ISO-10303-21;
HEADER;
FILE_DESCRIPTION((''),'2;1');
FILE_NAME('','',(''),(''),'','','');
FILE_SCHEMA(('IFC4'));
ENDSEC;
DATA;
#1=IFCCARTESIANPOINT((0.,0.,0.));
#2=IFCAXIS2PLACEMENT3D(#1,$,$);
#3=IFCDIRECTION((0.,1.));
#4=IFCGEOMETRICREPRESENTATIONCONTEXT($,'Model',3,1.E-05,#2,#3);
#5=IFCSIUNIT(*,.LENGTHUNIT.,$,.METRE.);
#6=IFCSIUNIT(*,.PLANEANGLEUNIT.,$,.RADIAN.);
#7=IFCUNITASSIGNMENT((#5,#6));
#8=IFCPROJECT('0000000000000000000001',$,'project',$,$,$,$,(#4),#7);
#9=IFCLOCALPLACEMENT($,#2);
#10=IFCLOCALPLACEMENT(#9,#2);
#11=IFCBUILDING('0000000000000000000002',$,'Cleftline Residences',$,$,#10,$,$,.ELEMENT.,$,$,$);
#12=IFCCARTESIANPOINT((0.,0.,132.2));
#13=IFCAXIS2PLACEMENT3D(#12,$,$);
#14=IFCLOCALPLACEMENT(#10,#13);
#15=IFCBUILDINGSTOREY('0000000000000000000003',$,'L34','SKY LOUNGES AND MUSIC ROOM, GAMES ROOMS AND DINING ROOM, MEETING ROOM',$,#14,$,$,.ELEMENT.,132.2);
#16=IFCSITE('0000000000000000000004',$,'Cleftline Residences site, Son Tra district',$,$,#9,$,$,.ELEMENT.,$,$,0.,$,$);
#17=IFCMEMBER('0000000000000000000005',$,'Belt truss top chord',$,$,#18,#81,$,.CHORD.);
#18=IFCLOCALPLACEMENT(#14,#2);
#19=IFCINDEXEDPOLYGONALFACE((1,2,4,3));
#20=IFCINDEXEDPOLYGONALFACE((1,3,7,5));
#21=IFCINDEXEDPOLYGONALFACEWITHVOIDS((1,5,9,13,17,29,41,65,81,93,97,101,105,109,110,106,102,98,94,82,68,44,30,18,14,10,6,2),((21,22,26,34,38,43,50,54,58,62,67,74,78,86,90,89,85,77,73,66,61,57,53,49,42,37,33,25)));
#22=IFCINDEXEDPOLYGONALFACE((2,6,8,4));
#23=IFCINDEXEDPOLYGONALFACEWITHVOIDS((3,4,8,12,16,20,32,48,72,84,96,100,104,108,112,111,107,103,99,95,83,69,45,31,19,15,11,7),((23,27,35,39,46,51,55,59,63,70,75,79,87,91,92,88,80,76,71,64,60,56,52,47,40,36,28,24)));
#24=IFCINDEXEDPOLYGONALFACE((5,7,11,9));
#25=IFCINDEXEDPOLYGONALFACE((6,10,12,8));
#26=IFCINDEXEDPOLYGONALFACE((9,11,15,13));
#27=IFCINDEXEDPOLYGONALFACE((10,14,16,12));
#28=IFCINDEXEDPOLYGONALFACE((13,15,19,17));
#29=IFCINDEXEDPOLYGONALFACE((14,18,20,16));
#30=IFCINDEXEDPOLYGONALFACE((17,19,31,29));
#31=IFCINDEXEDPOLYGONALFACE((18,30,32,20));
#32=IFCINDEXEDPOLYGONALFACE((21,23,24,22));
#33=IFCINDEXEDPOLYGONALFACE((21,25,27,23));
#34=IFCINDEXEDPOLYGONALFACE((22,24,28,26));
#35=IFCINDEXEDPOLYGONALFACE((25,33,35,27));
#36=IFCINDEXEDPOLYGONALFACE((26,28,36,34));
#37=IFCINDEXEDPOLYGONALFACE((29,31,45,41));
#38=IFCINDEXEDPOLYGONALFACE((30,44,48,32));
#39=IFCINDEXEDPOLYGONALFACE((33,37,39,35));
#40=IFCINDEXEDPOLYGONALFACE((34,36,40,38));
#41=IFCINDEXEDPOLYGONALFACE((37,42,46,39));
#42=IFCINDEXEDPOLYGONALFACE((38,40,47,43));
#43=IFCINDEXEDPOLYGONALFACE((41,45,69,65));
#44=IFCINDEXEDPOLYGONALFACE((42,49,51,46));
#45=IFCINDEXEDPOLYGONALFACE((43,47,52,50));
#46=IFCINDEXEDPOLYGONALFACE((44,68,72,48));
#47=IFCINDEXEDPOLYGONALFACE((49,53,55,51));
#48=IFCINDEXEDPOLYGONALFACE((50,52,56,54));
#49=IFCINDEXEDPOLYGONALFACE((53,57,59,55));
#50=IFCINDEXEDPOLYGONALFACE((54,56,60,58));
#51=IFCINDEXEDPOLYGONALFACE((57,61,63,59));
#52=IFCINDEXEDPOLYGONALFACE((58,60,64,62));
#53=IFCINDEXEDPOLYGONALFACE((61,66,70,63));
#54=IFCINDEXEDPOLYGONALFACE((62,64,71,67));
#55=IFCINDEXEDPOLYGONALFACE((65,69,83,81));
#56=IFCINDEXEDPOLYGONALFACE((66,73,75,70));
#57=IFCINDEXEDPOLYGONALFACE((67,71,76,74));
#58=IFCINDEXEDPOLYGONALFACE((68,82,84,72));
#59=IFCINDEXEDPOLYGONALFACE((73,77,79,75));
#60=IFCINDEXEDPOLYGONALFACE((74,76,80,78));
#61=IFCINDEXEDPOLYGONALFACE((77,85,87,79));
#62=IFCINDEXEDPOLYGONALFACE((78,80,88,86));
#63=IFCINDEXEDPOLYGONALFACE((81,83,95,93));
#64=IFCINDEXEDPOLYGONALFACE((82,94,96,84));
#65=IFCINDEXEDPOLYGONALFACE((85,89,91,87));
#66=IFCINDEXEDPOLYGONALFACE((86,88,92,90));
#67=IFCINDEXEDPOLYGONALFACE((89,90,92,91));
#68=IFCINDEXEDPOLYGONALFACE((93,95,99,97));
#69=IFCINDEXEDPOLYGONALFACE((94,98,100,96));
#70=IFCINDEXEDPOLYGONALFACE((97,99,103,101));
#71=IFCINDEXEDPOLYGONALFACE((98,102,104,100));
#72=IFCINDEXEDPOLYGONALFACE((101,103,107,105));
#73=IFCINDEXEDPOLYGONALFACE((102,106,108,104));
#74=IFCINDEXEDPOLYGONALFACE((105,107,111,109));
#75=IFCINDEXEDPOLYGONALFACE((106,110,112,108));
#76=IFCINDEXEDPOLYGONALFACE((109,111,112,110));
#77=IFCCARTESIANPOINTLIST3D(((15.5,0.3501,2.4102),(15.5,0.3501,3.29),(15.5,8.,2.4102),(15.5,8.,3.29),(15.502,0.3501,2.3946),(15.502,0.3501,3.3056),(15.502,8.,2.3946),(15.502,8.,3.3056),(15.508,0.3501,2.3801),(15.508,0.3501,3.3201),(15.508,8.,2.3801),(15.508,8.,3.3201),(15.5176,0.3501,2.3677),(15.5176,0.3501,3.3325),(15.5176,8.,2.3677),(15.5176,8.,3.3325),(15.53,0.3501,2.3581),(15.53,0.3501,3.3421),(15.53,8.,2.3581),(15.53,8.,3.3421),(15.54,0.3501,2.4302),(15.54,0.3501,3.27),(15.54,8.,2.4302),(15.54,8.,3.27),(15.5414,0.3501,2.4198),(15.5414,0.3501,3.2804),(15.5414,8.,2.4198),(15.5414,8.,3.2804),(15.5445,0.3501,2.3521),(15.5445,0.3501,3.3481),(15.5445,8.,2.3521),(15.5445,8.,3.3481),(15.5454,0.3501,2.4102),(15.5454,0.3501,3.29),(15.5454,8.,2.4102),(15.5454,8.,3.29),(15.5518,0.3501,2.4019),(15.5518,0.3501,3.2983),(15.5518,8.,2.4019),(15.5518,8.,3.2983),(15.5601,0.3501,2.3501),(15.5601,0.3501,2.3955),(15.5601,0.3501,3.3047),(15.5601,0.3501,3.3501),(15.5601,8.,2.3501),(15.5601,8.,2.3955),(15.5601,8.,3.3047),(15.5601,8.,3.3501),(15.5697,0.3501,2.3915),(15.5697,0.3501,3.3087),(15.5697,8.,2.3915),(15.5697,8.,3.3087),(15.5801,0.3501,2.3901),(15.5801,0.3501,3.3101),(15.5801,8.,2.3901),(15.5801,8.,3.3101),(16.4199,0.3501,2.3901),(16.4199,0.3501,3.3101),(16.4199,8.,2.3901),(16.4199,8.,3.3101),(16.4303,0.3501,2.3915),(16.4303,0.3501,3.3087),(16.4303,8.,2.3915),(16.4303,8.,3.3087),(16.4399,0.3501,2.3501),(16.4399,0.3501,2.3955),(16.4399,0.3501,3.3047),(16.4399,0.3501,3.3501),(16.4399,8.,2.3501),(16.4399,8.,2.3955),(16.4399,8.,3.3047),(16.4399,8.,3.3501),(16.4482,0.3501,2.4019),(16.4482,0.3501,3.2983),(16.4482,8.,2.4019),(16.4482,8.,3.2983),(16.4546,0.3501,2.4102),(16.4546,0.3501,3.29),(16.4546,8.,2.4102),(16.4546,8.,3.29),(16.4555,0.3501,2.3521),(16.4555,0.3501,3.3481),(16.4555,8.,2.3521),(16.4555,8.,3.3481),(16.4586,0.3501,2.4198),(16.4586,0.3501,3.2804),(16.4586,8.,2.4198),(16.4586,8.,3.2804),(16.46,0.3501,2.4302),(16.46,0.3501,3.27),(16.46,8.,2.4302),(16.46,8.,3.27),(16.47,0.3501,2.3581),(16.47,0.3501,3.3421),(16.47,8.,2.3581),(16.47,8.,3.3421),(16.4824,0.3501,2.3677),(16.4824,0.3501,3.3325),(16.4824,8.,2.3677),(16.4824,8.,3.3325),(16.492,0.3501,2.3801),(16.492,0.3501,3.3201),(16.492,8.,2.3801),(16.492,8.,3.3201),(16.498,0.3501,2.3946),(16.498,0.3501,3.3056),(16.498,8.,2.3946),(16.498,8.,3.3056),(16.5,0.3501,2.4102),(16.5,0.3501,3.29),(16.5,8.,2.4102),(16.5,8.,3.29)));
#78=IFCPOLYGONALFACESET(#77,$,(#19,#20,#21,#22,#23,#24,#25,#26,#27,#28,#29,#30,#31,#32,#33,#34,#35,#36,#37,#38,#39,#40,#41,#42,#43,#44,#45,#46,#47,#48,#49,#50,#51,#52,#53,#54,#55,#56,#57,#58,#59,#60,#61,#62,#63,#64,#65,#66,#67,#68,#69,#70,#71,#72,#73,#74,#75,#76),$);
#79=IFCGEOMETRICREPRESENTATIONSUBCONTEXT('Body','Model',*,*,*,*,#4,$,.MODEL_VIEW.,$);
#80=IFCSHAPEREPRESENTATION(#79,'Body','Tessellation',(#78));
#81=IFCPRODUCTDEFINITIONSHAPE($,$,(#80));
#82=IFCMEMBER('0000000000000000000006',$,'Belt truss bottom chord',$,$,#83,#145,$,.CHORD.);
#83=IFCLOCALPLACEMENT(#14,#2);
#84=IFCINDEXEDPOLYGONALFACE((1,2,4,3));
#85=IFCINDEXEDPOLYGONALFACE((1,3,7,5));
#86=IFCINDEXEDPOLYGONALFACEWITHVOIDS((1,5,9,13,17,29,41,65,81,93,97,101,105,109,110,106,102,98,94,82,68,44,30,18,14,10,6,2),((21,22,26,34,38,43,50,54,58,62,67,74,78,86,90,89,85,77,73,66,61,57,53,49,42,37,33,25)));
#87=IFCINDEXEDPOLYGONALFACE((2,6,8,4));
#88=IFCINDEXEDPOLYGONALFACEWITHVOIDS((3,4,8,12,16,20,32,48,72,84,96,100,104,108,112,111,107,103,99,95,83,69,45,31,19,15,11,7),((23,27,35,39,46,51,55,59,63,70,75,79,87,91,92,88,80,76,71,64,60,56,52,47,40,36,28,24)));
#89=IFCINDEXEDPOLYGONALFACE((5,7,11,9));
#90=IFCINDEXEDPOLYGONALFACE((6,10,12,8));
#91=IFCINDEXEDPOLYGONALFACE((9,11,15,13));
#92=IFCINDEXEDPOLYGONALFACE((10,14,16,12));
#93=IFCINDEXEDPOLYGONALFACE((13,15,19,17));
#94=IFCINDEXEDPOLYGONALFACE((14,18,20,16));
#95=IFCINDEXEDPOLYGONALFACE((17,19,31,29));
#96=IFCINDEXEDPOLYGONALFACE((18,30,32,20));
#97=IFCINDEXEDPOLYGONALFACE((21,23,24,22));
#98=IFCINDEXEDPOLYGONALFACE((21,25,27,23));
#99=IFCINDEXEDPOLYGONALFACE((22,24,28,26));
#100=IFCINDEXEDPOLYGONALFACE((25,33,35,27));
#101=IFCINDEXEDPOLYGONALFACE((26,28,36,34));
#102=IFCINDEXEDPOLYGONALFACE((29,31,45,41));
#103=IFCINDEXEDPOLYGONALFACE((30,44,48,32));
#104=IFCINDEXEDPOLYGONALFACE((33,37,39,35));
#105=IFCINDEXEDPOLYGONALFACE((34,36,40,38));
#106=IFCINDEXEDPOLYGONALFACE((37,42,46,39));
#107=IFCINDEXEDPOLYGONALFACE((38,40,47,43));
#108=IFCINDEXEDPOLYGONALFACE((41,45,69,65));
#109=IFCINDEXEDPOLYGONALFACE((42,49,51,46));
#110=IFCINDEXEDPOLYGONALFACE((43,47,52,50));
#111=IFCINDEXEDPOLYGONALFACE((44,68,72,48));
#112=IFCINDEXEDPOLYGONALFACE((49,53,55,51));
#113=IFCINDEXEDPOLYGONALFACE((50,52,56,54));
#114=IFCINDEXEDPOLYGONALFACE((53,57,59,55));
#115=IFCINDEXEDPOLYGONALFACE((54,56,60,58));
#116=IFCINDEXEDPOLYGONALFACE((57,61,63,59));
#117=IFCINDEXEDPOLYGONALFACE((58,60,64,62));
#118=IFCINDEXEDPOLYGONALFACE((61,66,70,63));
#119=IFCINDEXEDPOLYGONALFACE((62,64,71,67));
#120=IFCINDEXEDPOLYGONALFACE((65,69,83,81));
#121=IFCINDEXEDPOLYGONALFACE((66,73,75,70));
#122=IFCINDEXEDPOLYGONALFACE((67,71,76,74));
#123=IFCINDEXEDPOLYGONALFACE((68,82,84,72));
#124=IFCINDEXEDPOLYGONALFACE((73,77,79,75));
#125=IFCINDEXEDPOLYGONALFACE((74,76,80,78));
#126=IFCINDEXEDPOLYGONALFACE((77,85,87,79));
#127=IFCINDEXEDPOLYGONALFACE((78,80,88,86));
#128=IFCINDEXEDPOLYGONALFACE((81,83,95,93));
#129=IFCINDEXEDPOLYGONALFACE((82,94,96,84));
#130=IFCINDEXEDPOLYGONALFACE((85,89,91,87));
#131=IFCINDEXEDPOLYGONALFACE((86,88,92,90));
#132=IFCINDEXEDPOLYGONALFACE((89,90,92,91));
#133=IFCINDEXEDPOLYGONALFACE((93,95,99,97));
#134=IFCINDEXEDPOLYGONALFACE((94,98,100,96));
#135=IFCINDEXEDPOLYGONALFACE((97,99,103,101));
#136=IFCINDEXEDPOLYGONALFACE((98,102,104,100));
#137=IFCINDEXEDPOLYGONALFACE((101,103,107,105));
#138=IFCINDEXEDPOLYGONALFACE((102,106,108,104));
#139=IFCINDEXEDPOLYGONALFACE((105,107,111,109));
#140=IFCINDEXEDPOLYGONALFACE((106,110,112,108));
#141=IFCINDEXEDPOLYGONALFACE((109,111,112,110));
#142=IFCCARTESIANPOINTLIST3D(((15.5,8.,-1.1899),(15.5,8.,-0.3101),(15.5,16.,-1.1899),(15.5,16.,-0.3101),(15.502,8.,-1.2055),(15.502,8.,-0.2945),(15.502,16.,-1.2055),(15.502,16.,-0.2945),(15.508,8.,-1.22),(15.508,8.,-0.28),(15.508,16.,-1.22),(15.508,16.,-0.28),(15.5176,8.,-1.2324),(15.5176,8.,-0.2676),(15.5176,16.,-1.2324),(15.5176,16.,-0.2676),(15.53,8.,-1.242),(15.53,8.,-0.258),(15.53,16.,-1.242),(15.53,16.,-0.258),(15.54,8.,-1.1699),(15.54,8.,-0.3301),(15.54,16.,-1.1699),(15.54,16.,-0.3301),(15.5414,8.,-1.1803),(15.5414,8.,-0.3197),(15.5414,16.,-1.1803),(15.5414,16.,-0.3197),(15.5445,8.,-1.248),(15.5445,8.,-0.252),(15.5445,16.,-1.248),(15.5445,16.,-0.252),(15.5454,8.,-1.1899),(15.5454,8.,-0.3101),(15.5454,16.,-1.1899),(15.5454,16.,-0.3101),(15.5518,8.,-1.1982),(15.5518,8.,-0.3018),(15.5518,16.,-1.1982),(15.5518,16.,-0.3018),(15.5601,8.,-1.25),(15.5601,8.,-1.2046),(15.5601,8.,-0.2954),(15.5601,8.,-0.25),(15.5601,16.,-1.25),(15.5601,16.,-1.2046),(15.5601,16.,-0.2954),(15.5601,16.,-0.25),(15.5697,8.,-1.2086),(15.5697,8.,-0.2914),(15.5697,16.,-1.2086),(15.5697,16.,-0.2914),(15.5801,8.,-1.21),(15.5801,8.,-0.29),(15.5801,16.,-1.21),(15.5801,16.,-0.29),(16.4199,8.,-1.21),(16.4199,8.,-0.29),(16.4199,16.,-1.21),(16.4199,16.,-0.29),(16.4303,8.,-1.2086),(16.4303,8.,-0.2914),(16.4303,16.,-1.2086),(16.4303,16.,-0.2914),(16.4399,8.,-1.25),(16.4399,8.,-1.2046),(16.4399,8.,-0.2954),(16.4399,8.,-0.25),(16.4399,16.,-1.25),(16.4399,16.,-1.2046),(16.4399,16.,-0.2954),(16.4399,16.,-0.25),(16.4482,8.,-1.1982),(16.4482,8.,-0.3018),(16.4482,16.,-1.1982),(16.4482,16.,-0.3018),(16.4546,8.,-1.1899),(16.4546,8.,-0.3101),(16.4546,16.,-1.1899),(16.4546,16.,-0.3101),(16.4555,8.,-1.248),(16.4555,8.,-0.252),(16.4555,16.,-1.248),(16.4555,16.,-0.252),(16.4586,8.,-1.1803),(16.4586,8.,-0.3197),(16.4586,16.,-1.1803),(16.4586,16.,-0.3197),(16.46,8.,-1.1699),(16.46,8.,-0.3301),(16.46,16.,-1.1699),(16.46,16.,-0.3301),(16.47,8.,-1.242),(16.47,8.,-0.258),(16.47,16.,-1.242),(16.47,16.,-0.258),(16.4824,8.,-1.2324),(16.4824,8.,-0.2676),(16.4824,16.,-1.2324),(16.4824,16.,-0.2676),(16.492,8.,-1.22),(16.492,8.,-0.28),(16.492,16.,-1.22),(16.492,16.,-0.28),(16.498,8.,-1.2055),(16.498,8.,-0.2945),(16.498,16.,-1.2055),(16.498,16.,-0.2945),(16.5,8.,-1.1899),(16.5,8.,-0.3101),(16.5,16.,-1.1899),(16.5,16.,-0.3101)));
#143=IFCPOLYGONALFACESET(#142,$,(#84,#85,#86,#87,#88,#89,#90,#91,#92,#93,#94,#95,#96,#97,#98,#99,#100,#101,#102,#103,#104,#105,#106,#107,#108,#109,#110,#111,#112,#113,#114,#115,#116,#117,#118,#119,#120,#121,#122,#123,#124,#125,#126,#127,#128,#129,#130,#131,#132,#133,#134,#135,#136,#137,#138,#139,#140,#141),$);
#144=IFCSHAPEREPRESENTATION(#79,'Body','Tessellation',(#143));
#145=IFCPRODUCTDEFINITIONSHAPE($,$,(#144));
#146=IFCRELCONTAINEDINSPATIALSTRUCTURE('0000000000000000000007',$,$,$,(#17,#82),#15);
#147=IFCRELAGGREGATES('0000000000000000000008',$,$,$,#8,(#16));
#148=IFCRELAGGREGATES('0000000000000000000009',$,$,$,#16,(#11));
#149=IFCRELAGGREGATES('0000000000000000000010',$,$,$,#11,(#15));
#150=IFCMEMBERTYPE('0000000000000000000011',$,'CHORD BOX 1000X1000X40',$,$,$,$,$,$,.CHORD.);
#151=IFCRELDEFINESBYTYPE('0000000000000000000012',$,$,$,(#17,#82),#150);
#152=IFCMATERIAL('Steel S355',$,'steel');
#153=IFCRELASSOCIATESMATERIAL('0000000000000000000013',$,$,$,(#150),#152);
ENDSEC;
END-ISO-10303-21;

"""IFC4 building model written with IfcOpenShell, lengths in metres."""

from ifc_helpers import new_model, si_unit, direction, frame, origin, origin_2d, place, context, subcontext, project, spatial, hollow_rectangle, extrude, material, material_profile, profile_set, type_object, element, save


model = new_model("IFC4")

# Units and contexts
model_context = context("Model", 3, precision=1e-05, world=origin(), true_north=direction((0.0, 1.0)))
body_context = subcontext(model_context, "Body", "Model", "MODEL_VIEW")
ifc_project = project(units=[si_unit("LENGTHUNIT", "METRE"), si_unit("PLANEANGLEUNIT", "RADIAN")], contexts=[model_context])

# Site, building, storey
site_placement = place(None, origin())
site = spatial("IfcSite", under=ifc_project, at=site_placement, Name="Cleftline Residences site, Son Tra district", CompositionType="ELEMENT", RefElevation=0.0)
building_placement = place(site_placement, origin())
building = spatial("IfcBuilding", under=site, at=building_placement, Name="Cleftline Residences", CompositionType="ELEMENT")
storey_placement = place(building_placement, frame((0.0, 0.0, 132.2)))
storey = spatial("IfcBuildingStorey", under=building, at=storey_placement, Name="L34", Description="SKY LOUNGES AND MUSIC ROOM, GAMES ROOMS AND DINING ROOM, MEETING ROOM", CompositionType="ELEMENT", Elevation=132.2)

# Members
ifc_material_1 = material(Name="Steel S355", Category="steel")
ifc_material_profile_1 = material_profile(ifc_material_1, hollow_rectangle(XDim=1.0, YDim=1.0, WallThickness=0.04, InnerFilletRadius=0.04, OuterFilletRadius=0.0601, at=origin_2d()))
ifc_profile_set_1 = profile_set([ifc_material_profile_1], Name="Steel S355")
member_type_1 = type_object("IfcMemberType", Name="CHORD BOX 1000X1000X40", PredefinedType="CHORD", material=ifc_profile_set_1)
for number, where, z_axis, x_axis, name in (
    (1, (16.0, 0.3501, 2.8501), (0.0, 1.0, 0.0), (-1.0, 0.0, 0.0), "Belt truss top chord"),
):
    element("IfcMember", number, at=place(storey_placement, frame(where, z_axis=z_axis, x_axis=x_axis)), inside=storey, type_object=member_type_1, Name=name, PredefinedType="CHORD", context=body_context, shape_type="SweptSolid", body=[
        extrude(hollow_rectangle(XDim=1.0, YDim=1.0, WallThickness=0.04, InnerFilletRadius=0.04, OuterFilletRadius=0.0601, at=origin_2d()), origin(), (0.0, 0.0, 1.0), 7.6499),
    ])
for number, where, z_axis, x_axis, name in (
    (2, (16.0, 8.0, -0.75), (0.0, 1.0, 0.0), (-1.0, 0.0, 0.0), "Belt truss bottom chord"),
):
    element("IfcMember", number, at=place(storey_placement, frame(where, z_axis=z_axis, x_axis=x_axis)), inside=storey, type_object=member_type_1, Name=name, PredefinedType="CHORD", context=body_context, shape_type="SweptSolid", body=[
        extrude(hollow_rectangle(XDim=1.0, YDim=1.0, WallThickness=0.04, InnerFilletRadius=0.04, OuterFilletRadius=0.0601, at=origin_2d()), origin(), (0.0, 0.0, 1.0), 8.0),
    ])

save(model, "model.ifc")
